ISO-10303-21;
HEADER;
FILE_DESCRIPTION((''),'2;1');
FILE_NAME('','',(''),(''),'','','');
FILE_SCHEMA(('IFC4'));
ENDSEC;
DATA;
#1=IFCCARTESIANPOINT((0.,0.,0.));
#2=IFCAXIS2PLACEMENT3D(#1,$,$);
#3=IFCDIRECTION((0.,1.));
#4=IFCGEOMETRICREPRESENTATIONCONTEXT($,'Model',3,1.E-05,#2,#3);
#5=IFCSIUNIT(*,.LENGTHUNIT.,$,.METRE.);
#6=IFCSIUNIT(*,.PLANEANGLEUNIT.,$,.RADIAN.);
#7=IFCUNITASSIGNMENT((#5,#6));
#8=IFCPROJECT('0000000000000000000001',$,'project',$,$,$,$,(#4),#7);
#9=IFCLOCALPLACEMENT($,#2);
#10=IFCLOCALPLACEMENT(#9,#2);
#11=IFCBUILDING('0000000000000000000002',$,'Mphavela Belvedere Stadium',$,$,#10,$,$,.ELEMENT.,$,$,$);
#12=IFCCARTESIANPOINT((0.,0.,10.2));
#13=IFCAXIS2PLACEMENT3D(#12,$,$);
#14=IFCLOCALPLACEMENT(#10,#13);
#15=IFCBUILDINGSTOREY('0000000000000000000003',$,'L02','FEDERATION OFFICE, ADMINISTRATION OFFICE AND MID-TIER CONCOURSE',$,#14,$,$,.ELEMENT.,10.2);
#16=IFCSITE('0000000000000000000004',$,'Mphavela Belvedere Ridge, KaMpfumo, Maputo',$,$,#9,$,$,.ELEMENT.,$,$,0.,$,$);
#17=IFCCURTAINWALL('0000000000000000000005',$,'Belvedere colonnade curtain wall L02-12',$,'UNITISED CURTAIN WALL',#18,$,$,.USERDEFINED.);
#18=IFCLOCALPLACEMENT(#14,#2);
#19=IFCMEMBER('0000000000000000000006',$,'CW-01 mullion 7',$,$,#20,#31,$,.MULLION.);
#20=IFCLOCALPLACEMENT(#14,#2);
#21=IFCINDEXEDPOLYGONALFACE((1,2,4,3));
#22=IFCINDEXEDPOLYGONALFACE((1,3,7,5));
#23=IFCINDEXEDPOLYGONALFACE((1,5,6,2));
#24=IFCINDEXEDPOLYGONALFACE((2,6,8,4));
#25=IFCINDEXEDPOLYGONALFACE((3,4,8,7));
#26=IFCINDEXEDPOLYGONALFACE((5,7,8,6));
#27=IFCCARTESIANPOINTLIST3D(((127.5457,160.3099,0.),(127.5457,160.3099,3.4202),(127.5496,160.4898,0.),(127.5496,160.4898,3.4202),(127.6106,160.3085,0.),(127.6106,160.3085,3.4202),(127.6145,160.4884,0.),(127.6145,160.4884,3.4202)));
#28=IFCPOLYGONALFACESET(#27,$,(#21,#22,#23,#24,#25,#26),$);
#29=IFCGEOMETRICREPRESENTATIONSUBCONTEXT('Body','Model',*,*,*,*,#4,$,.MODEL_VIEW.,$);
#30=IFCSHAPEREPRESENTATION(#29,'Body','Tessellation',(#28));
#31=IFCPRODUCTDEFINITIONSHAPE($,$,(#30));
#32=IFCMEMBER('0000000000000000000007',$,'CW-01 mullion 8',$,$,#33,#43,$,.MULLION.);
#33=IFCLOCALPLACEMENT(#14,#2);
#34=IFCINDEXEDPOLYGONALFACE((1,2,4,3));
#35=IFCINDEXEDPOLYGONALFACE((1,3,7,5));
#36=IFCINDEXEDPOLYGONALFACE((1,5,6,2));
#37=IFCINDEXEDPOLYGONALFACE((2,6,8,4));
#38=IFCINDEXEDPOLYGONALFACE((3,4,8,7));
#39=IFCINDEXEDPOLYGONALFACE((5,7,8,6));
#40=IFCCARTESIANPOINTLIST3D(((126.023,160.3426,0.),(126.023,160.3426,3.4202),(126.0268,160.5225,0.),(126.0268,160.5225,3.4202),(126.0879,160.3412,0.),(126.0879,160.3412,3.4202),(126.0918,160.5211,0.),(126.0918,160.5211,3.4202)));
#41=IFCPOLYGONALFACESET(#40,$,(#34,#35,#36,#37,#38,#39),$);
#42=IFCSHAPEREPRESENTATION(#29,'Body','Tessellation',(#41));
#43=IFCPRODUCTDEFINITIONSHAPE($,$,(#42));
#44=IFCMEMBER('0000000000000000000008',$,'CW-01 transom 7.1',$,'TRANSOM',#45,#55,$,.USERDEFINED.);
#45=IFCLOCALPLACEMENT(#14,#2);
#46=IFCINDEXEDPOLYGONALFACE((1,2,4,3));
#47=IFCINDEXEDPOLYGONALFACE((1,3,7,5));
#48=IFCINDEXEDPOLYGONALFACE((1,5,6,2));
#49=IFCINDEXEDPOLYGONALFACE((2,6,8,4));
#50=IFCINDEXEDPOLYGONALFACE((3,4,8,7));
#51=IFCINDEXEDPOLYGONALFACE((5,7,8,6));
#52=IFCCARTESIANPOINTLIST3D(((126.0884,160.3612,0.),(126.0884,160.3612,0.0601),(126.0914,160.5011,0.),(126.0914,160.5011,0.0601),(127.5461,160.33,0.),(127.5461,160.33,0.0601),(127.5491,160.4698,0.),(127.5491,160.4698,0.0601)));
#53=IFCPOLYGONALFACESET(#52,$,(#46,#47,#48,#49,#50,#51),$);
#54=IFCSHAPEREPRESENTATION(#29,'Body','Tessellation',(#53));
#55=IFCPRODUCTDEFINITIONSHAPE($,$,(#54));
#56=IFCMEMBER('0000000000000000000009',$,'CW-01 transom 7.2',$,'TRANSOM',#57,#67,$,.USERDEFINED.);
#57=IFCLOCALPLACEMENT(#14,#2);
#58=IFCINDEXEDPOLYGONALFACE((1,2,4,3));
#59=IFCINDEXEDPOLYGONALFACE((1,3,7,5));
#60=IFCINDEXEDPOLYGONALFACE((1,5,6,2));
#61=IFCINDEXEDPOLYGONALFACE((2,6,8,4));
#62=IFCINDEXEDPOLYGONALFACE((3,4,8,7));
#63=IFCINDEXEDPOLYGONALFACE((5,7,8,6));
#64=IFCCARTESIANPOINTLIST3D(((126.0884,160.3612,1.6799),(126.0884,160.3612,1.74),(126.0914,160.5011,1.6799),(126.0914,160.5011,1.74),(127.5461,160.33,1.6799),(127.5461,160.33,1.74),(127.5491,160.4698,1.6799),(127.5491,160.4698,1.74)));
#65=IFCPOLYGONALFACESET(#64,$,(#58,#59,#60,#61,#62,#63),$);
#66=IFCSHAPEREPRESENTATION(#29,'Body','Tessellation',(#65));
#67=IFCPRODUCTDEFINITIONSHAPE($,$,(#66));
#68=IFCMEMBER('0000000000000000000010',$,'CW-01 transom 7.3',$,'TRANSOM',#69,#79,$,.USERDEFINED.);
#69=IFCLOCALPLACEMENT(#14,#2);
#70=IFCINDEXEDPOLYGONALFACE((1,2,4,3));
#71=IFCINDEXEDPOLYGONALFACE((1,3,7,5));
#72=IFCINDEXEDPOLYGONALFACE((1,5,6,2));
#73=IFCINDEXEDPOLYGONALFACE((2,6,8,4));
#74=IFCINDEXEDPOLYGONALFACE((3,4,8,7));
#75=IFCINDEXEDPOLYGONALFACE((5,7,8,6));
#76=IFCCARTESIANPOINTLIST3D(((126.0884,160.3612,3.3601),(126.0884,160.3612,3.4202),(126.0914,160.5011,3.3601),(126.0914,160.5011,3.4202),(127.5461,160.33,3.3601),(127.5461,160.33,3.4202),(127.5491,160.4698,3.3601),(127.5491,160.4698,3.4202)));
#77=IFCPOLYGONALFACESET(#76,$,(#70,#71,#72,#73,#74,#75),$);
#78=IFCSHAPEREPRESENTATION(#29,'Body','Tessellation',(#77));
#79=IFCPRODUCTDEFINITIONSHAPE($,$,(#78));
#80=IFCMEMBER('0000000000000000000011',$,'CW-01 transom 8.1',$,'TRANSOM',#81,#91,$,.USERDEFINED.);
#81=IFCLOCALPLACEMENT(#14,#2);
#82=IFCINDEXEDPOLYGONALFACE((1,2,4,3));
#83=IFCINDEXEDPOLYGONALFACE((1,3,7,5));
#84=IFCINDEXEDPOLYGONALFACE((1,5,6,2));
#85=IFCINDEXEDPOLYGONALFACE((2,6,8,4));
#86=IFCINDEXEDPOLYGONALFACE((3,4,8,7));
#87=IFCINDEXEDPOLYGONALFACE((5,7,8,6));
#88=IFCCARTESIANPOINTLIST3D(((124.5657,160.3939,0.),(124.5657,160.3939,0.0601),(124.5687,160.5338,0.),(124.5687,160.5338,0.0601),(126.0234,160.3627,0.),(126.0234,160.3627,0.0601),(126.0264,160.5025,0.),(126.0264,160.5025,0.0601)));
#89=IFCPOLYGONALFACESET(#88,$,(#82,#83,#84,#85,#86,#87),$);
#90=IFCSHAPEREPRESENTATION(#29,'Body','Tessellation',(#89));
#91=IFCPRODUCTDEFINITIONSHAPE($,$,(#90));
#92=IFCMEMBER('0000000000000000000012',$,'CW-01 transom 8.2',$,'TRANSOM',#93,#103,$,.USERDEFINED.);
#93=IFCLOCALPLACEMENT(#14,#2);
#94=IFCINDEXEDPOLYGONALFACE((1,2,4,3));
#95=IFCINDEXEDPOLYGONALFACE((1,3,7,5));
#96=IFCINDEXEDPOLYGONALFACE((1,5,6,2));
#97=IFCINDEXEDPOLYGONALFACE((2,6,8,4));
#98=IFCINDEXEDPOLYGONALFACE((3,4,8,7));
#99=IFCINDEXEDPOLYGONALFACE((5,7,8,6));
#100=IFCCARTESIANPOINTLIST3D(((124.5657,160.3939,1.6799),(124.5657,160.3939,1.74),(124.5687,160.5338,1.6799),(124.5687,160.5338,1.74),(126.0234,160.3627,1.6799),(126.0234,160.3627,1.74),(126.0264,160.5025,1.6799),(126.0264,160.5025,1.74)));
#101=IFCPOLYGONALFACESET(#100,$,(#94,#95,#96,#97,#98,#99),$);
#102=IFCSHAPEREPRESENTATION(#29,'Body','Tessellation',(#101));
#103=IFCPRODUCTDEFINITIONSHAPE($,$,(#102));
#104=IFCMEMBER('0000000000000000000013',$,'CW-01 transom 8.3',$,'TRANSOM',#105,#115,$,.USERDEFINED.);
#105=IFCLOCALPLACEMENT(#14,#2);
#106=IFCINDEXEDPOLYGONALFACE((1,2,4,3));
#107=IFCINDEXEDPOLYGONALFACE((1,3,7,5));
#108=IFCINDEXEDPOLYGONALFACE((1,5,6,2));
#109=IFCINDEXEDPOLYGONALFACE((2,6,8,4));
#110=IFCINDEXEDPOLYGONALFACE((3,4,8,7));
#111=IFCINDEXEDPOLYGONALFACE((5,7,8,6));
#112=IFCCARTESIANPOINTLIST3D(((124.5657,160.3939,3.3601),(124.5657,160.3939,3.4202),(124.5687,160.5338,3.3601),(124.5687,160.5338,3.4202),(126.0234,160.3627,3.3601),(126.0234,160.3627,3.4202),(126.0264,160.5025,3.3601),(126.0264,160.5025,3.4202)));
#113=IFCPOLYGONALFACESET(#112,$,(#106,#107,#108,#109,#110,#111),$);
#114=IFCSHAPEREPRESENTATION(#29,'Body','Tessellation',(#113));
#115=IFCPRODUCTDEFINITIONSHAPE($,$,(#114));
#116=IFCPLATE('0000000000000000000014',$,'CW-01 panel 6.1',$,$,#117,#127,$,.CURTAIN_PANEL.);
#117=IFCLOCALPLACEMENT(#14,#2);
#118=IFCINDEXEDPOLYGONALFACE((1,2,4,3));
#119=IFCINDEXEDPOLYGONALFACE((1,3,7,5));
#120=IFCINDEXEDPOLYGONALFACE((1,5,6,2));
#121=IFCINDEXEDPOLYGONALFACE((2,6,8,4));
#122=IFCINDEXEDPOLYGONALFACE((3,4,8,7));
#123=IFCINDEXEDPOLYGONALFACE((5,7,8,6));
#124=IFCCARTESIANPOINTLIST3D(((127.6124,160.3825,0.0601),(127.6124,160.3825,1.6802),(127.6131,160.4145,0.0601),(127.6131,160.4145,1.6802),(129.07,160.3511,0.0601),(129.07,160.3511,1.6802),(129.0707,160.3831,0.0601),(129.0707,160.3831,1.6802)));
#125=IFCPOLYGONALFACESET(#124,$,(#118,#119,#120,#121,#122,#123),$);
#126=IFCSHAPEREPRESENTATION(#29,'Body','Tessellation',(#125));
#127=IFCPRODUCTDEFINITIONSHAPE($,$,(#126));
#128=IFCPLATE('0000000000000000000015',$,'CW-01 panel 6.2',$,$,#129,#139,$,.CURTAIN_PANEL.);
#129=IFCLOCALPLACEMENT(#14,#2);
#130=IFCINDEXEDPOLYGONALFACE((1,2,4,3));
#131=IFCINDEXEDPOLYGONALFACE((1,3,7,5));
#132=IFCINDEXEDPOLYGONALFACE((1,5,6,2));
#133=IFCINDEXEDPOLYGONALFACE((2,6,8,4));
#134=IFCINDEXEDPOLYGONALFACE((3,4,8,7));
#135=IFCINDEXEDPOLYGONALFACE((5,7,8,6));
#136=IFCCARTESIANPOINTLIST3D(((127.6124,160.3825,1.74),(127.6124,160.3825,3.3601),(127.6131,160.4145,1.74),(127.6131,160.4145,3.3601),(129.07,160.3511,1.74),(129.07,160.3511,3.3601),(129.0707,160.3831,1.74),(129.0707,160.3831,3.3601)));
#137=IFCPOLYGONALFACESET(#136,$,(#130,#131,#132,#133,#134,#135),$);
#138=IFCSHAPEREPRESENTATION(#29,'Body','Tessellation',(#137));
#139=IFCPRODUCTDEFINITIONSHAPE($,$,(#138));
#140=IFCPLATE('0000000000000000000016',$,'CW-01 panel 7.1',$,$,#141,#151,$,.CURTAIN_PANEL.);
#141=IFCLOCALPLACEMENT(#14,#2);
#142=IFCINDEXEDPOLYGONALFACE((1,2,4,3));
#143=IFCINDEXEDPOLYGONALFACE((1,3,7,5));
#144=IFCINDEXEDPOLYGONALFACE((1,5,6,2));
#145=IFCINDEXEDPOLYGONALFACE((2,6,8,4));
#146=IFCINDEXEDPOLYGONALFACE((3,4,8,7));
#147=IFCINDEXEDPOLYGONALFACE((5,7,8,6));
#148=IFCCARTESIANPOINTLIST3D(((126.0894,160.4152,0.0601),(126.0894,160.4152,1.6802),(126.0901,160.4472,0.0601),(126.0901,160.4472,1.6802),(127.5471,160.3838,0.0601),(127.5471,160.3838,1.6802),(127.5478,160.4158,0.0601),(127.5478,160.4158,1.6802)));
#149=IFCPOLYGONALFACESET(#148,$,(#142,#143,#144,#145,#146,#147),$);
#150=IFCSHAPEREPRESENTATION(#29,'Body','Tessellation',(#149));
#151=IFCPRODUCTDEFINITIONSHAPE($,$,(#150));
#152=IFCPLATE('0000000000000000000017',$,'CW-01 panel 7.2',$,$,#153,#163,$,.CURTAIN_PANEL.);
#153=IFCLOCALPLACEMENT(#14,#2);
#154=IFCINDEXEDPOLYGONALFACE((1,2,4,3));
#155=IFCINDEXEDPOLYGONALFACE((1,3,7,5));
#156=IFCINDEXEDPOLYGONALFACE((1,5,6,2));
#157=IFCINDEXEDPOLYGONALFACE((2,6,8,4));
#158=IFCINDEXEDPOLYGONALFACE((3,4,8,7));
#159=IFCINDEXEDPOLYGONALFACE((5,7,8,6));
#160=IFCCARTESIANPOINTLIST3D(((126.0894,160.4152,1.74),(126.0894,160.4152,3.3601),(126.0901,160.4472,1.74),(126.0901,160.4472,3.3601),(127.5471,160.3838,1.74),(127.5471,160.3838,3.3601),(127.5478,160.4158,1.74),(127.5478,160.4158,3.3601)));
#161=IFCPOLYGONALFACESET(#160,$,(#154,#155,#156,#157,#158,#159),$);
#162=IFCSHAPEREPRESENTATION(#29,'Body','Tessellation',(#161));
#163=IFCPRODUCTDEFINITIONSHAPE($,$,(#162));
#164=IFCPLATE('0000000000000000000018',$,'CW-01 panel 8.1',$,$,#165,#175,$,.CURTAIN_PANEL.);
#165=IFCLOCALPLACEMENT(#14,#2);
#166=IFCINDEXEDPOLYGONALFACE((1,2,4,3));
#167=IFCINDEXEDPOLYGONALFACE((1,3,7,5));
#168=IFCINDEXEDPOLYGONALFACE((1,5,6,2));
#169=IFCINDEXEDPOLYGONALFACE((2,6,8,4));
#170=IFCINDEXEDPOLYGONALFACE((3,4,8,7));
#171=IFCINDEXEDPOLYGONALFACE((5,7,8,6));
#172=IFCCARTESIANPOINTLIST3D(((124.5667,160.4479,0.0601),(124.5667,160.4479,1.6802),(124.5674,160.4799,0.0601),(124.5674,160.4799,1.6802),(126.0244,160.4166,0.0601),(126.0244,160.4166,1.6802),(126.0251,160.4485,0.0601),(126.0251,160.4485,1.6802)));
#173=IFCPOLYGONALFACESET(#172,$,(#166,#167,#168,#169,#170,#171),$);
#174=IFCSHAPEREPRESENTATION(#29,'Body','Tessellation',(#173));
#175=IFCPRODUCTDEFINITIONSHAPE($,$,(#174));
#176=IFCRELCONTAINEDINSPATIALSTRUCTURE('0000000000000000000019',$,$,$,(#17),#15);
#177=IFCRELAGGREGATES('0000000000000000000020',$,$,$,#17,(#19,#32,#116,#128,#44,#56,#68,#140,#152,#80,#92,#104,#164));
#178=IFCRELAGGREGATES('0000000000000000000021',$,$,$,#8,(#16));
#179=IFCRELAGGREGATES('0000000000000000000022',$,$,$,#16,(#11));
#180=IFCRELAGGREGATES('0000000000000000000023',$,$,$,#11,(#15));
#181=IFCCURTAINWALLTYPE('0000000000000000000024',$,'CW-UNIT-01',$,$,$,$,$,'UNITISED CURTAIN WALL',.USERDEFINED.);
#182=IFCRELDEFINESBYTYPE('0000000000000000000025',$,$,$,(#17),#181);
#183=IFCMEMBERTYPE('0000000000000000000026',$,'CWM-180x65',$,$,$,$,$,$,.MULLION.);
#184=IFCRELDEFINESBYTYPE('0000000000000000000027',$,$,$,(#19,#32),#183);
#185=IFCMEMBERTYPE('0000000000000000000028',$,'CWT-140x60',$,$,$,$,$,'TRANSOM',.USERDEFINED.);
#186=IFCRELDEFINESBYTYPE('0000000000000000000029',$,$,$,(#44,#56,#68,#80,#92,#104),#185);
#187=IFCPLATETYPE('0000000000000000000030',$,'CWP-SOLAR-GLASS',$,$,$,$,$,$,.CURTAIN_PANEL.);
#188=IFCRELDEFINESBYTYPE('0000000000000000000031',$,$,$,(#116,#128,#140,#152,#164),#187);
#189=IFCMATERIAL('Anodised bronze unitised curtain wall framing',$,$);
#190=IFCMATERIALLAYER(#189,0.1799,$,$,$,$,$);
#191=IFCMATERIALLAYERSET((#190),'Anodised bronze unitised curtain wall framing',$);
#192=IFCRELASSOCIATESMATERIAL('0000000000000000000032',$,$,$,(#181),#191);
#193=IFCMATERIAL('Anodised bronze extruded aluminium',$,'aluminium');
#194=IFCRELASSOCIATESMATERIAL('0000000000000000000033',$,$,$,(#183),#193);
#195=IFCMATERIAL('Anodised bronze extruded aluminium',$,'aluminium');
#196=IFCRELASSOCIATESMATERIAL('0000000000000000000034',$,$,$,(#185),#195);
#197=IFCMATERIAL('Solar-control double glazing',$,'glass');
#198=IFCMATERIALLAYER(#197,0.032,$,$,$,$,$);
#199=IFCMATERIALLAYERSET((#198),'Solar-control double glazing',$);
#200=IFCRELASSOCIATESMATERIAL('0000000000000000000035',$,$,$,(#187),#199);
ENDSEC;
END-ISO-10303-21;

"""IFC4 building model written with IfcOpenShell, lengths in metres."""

from ifc_helpers import new_model, si_unit, direction, frame, origin, origin_2d, place, context, subcontext, project, spatial, rectangle, extrude, material, layer, layer_set, material_profile, profile_set, type_object, element, aggregate, save


model = new_model("IFC4")

# Units and contexts
model_context = context("Model", 3, precision=1e-05, world=origin(), true_north=direction((0.0, 1.0)))
body_context = subcontext(model_context, "Body", "Model", "MODEL_VIEW")
ifc_project = project(units=[si_unit("LENGTHUNIT", "METRE"), si_unit("PLANEANGLEUNIT", "RADIAN")], contexts=[model_context])

# Site, building, storey
site_placement = place(None, origin())
site = spatial("IfcSite", under=ifc_project, at=site_placement, Name="Mphavela Belvedere Ridge, KaMpfumo, Maputo", CompositionType="ELEMENT", RefElevation=0.0)
building_placement = place(site_placement, origin())
building = spatial("IfcBuilding", under=site, at=building_placement, Name="Mphavela Belvedere Stadium", CompositionType="ELEMENT")
storey_placement = place(building_placement, frame((0.0, 0.0, 10.2)))
storey = spatial("IfcBuildingStorey", under=building, at=storey_placement, Name="L02", Description="FEDERATION OFFICE, ADMINISTRATION OFFICE AND MID-TIER CONCOURSE", CompositionType="ELEMENT", Elevation=10.2)

# Curtain wall, members, plates
ifc_material_1 = material(Name="Anodised bronze unitised curtain wall framing")
ifc_layer_1 = layer(ifc_material_1, 0.1799)
ifc_layer_set_1 = layer_set([ifc_layer_1], Name="Anodised bronze unitised curtain wall framing")
curtain_wall_type = type_object("IfcCurtainWallType", Name="CW-UNIT-01", ElementType="UNITISED CURTAIN WALL", PredefinedType="USERDEFINED", material=ifc_layer_set_1)
curtain_wall_placement = place(storey_placement, origin())
curtain_wall = element("IfcCurtainWall", 1, at=curtain_wall_placement, inside=storey, type_object=curtain_wall_type, Name="Belvedere colonnade curtain wall L02-12", ObjectType="UNITISED CURTAIN WALL", PredefinedType="USERDEFINED")
ifc_material_2 = material(Name="Anodised bronze extruded aluminium", Category="aluminium")
ifc_material_profile_1 = material_profile(ifc_material_2, rectangle(XDim=0.1799, YDim=0.0649, at=origin_2d()), Name="CW-MUL 180x65")
ifc_profile_set_1 = profile_set([ifc_material_profile_1], Name="Anodised bronze extruded aluminium")
member_type_1 = type_object("IfcMemberType", Name="CWM-180x65", PredefinedType="MULLION", material=ifc_profile_set_1)
member_1_placement = place(storey_placement, frame((127.5801, 160.3992, 0.0), z_axis=(0.0, 0.0, 1.0), x_axis=(-0.021525, -0.999768, 0.0)))
member_1 = element("IfcMember", 2, at=member_1_placement, type_object=member_type_1, Name="CW-01 mullion 7", PredefinedType="MULLION", context=body_context, shape_type="SweptSolid", body=[
    extrude(rectangle(XDim=0.1799, YDim=0.0649, at=origin_2d()), origin(), (0.0, 0.0, 1.0), 3.4202),
])
member_2_placement = place(storey_placement, frame((126.0574, 160.4319, 0.0), z_axis=(0.0, 0.0, 1.0), x_axis=(-0.021525, -0.999768, 0.0)))
member_2 = element("IfcMember", 3, at=member_2_placement, type_object=member_type_1, Name="CW-01 mullion 8", PredefinedType="MULLION", context=body_context, shape_type="SweptSolid", body=[
    extrude(rectangle(XDim=0.1799, YDim=0.0649, at=origin_2d()), origin(), (0.0, 0.0, 1.0), 3.4202),
])
ifc_material_3 = material(Name="Anodised bronze extruded aluminium", Category="aluminium")
ifc_material_profile_2 = material_profile(ifc_material_3, rectangle(XDim=0.1399, YDim=0.0601, at=origin_2d()), Name="CW-TRN 140x60")
ifc_profile_set_2 = profile_set([ifc_material_profile_2], Name="Anodised bronze extruded aluminium")
member_type_2 = type_object("IfcMemberType", Name="CWT-140x60", ElementType="TRANSOM", PredefinedType="USERDEFINED", material=ifc_profile_set_2)
member_3_placement = place(storey_placement, frame((127.5476, 160.3999, 0.03), z_axis=(-0.99977, 0.021432, 0.0), x_axis=(-0.021432, -0.99977, 0.0)))
member_3 = element("IfcMember", 4, at=member_3_placement, type_object=member_type_2, Name="CW-01 transom 7.1", ObjectType="TRANSOM", PredefinedType="USERDEFINED", context=body_context, shape_type="SweptSolid", body=[
    extrude(rectangle(XDim=0.1399, YDim=0.0601, at=origin_2d()), origin(), (0.0, 0.0, 1.0), 1.458),
])
member_4_placement = place(storey_placement, frame((127.5476, 160.3999, 1.71), z_axis=(-0.99977, 0.021432, 0.0), x_axis=(-0.021432, -0.99977, 0.0)))
member_4 = element("IfcMember", 5, at=member_4_placement, type_object=member_type_2, Name="CW-01 transom 7.2", ObjectType="TRANSOM", PredefinedType="USERDEFINED", context=body_context, shape_type="SweptSolid", body=[
    extrude(rectangle(XDim=0.1399, YDim=0.0601, at=origin_2d()), origin(), (0.0, 0.0, 1.0), 1.458),
])
member_5_placement = place(storey_placement, frame((127.5476, 160.3999, 3.3901), z_axis=(-0.99977, 0.021432, 0.0), x_axis=(-0.021432, -0.99977, 0.0)))
member_5 = element("IfcMember", 6, at=member_5_placement, type_object=member_type_2, Name="CW-01 transom 7.3", ObjectType="TRANSOM", PredefinedType="USERDEFINED", context=body_context, shape_type="SweptSolid", body=[
    extrude(rectangle(XDim=0.1399, YDim=0.0601, at=origin_2d()), origin(), (0.0, 0.0, 1.0), 1.458),
])
member_6_placement = place(storey_placement, frame((126.0249, 160.4326, 0.03), z_axis=(-0.99977, 0.021432, 0.0), x_axis=(-0.021432, -0.99977, 0.0)))
member_6 = element("IfcMember", 7, at=member_6_placement, type_object=member_type_2, Name="CW-01 transom 8.1", ObjectType="TRANSOM", PredefinedType="USERDEFINED", context=body_context, shape_type="SweptSolid", body=[
    extrude(rectangle(XDim=0.1399, YDim=0.0601, at=origin_2d()), origin(), (0.0, 0.0, 1.0), 1.458),
])
member_7_placement = place(storey_placement, frame((126.0249, 160.4326, 1.71), z_axis=(-0.99977, 0.021432, 0.0), x_axis=(-0.021432, -0.99977, 0.0)))
member_7 = element("IfcMember", 8, at=member_7_placement, type_object=member_type_2, Name="CW-01 transom 8.2", ObjectType="TRANSOM", PredefinedType="USERDEFINED", context=body_context, shape_type="SweptSolid", body=[
    extrude(rectangle(XDim=0.1399, YDim=0.0601, at=origin_2d()), origin(), (0.0, 0.0, 1.0), 1.458),
])
member_8_placement = place(storey_placement, frame((126.0249, 160.4326, 3.3901), z_axis=(-0.99977, 0.021432, 0.0), x_axis=(-0.021432, -0.99977, 0.0)))
member_8 = element("IfcMember", 9, at=member_8_placement, type_object=member_type_2, Name="CW-01 transom 8.3", ObjectType="TRANSOM", PredefinedType="USERDEFINED", context=body_context, shape_type="SweptSolid", body=[
    extrude(rectangle(XDim=0.1399, YDim=0.0601, at=origin_2d()), origin(), (0.0, 0.0, 1.0), 1.458),
])
ifc_material_4 = material(Name="Solar-control double glazing", Category="glass")
ifc_layer_2 = layer(ifc_material_4, 0.032)
ifc_layer_set_2 = layer_set([ifc_layer_2], Name="Solar-control double glazing")
plate_type = type_object("IfcPlateType", Name="CWP-SOLAR-GLASS", PredefinedType="CURTAIN_PANEL", material=ifc_layer_set_2)
plate_1_placement = place(storey_placement, frame((128.3416, 160.3828, 0.0601), z_axis=(0.0, 0.0, 1.0), x_axis=(-0.999768, 0.021525, 0.0)))
plate_1 = element("IfcPlate", 10, at=plate_1_placement, type_object=plate_type, Name="CW-01 panel 6.1", PredefinedType="CURTAIN_PANEL", context=body_context, shape_type="SweptSolid", body=[
    extrude(rectangle(XDim=1.458, YDim=0.032, at=origin_2d()), origin(), (0.0, 0.0, 1.0), 1.6201),
])
plate_2_placement = place(storey_placement, frame((128.3416, 160.3828, 1.74), z_axis=(0.0, 0.0, 1.0), x_axis=(-0.999768, 0.021525, 0.0)))
plate_2 = element("IfcPlate", 11, at=plate_2_placement, type_object=plate_type, Name="CW-01 panel 6.2", PredefinedType="CURTAIN_PANEL", context=body_context, shape_type="SweptSolid", body=[
    extrude(rectangle(XDim=1.458, YDim=0.032, at=origin_2d()), origin(), (0.0, 0.0, 1.0), 1.6201),
])
plate_3_placement = place(storey_placement, frame((126.8186, 160.4155, 0.0601), z_axis=(0.0, 0.0, 1.0), x_axis=(-0.999768, 0.021525, 0.0)))
plate_3 = element("IfcPlate", 12, at=plate_3_placement, type_object=plate_type, Name="CW-01 panel 7.1", PredefinedType="CURTAIN_PANEL", context=body_context, shape_type="SweptSolid", body=[
    extrude(rectangle(XDim=1.458, YDim=0.032, at=origin_2d()), origin(), (0.0, 0.0, 1.0), 1.6201),
])
plate_4_placement = place(storey_placement, frame((126.8186, 160.4155, 1.74), z_axis=(0.0, 0.0, 1.0), x_axis=(-0.999768, 0.021525, 0.0)))
plate_4 = element("IfcPlate", 13, at=plate_4_placement, type_object=plate_type, Name="CW-01 panel 7.2", PredefinedType="CURTAIN_PANEL", context=body_context, shape_type="SweptSolid", body=[
    extrude(rectangle(XDim=1.458, YDim=0.032, at=origin_2d()), origin(), (0.0, 0.0, 1.0), 1.6201),
])
plate_5_placement = place(storey_placement, frame((125.2959, 160.4482, 0.0601), z_axis=(0.0, 0.0, 1.0), x_axis=(-0.999768, 0.021525, 0.0)))
plate_5 = element("IfcPlate", 14, at=plate_5_placement, type_object=plate_type, Name="CW-01 panel 8.1", PredefinedType="CURTAIN_PANEL", context=body_context, shape_type="SweptSolid", body=[
    extrude(rectangle(XDim=1.458, YDim=0.032, at=origin_2d()), origin(), (0.0, 0.0, 1.0), 1.6201),
])
aggregate(curtain_wall, [member_1, member_2, plate_1, plate_2, member_3, member_4, member_5, plate_3, plate_4, member_6, member_7, member_8, plate_5])

save(model, "model.ifc")
